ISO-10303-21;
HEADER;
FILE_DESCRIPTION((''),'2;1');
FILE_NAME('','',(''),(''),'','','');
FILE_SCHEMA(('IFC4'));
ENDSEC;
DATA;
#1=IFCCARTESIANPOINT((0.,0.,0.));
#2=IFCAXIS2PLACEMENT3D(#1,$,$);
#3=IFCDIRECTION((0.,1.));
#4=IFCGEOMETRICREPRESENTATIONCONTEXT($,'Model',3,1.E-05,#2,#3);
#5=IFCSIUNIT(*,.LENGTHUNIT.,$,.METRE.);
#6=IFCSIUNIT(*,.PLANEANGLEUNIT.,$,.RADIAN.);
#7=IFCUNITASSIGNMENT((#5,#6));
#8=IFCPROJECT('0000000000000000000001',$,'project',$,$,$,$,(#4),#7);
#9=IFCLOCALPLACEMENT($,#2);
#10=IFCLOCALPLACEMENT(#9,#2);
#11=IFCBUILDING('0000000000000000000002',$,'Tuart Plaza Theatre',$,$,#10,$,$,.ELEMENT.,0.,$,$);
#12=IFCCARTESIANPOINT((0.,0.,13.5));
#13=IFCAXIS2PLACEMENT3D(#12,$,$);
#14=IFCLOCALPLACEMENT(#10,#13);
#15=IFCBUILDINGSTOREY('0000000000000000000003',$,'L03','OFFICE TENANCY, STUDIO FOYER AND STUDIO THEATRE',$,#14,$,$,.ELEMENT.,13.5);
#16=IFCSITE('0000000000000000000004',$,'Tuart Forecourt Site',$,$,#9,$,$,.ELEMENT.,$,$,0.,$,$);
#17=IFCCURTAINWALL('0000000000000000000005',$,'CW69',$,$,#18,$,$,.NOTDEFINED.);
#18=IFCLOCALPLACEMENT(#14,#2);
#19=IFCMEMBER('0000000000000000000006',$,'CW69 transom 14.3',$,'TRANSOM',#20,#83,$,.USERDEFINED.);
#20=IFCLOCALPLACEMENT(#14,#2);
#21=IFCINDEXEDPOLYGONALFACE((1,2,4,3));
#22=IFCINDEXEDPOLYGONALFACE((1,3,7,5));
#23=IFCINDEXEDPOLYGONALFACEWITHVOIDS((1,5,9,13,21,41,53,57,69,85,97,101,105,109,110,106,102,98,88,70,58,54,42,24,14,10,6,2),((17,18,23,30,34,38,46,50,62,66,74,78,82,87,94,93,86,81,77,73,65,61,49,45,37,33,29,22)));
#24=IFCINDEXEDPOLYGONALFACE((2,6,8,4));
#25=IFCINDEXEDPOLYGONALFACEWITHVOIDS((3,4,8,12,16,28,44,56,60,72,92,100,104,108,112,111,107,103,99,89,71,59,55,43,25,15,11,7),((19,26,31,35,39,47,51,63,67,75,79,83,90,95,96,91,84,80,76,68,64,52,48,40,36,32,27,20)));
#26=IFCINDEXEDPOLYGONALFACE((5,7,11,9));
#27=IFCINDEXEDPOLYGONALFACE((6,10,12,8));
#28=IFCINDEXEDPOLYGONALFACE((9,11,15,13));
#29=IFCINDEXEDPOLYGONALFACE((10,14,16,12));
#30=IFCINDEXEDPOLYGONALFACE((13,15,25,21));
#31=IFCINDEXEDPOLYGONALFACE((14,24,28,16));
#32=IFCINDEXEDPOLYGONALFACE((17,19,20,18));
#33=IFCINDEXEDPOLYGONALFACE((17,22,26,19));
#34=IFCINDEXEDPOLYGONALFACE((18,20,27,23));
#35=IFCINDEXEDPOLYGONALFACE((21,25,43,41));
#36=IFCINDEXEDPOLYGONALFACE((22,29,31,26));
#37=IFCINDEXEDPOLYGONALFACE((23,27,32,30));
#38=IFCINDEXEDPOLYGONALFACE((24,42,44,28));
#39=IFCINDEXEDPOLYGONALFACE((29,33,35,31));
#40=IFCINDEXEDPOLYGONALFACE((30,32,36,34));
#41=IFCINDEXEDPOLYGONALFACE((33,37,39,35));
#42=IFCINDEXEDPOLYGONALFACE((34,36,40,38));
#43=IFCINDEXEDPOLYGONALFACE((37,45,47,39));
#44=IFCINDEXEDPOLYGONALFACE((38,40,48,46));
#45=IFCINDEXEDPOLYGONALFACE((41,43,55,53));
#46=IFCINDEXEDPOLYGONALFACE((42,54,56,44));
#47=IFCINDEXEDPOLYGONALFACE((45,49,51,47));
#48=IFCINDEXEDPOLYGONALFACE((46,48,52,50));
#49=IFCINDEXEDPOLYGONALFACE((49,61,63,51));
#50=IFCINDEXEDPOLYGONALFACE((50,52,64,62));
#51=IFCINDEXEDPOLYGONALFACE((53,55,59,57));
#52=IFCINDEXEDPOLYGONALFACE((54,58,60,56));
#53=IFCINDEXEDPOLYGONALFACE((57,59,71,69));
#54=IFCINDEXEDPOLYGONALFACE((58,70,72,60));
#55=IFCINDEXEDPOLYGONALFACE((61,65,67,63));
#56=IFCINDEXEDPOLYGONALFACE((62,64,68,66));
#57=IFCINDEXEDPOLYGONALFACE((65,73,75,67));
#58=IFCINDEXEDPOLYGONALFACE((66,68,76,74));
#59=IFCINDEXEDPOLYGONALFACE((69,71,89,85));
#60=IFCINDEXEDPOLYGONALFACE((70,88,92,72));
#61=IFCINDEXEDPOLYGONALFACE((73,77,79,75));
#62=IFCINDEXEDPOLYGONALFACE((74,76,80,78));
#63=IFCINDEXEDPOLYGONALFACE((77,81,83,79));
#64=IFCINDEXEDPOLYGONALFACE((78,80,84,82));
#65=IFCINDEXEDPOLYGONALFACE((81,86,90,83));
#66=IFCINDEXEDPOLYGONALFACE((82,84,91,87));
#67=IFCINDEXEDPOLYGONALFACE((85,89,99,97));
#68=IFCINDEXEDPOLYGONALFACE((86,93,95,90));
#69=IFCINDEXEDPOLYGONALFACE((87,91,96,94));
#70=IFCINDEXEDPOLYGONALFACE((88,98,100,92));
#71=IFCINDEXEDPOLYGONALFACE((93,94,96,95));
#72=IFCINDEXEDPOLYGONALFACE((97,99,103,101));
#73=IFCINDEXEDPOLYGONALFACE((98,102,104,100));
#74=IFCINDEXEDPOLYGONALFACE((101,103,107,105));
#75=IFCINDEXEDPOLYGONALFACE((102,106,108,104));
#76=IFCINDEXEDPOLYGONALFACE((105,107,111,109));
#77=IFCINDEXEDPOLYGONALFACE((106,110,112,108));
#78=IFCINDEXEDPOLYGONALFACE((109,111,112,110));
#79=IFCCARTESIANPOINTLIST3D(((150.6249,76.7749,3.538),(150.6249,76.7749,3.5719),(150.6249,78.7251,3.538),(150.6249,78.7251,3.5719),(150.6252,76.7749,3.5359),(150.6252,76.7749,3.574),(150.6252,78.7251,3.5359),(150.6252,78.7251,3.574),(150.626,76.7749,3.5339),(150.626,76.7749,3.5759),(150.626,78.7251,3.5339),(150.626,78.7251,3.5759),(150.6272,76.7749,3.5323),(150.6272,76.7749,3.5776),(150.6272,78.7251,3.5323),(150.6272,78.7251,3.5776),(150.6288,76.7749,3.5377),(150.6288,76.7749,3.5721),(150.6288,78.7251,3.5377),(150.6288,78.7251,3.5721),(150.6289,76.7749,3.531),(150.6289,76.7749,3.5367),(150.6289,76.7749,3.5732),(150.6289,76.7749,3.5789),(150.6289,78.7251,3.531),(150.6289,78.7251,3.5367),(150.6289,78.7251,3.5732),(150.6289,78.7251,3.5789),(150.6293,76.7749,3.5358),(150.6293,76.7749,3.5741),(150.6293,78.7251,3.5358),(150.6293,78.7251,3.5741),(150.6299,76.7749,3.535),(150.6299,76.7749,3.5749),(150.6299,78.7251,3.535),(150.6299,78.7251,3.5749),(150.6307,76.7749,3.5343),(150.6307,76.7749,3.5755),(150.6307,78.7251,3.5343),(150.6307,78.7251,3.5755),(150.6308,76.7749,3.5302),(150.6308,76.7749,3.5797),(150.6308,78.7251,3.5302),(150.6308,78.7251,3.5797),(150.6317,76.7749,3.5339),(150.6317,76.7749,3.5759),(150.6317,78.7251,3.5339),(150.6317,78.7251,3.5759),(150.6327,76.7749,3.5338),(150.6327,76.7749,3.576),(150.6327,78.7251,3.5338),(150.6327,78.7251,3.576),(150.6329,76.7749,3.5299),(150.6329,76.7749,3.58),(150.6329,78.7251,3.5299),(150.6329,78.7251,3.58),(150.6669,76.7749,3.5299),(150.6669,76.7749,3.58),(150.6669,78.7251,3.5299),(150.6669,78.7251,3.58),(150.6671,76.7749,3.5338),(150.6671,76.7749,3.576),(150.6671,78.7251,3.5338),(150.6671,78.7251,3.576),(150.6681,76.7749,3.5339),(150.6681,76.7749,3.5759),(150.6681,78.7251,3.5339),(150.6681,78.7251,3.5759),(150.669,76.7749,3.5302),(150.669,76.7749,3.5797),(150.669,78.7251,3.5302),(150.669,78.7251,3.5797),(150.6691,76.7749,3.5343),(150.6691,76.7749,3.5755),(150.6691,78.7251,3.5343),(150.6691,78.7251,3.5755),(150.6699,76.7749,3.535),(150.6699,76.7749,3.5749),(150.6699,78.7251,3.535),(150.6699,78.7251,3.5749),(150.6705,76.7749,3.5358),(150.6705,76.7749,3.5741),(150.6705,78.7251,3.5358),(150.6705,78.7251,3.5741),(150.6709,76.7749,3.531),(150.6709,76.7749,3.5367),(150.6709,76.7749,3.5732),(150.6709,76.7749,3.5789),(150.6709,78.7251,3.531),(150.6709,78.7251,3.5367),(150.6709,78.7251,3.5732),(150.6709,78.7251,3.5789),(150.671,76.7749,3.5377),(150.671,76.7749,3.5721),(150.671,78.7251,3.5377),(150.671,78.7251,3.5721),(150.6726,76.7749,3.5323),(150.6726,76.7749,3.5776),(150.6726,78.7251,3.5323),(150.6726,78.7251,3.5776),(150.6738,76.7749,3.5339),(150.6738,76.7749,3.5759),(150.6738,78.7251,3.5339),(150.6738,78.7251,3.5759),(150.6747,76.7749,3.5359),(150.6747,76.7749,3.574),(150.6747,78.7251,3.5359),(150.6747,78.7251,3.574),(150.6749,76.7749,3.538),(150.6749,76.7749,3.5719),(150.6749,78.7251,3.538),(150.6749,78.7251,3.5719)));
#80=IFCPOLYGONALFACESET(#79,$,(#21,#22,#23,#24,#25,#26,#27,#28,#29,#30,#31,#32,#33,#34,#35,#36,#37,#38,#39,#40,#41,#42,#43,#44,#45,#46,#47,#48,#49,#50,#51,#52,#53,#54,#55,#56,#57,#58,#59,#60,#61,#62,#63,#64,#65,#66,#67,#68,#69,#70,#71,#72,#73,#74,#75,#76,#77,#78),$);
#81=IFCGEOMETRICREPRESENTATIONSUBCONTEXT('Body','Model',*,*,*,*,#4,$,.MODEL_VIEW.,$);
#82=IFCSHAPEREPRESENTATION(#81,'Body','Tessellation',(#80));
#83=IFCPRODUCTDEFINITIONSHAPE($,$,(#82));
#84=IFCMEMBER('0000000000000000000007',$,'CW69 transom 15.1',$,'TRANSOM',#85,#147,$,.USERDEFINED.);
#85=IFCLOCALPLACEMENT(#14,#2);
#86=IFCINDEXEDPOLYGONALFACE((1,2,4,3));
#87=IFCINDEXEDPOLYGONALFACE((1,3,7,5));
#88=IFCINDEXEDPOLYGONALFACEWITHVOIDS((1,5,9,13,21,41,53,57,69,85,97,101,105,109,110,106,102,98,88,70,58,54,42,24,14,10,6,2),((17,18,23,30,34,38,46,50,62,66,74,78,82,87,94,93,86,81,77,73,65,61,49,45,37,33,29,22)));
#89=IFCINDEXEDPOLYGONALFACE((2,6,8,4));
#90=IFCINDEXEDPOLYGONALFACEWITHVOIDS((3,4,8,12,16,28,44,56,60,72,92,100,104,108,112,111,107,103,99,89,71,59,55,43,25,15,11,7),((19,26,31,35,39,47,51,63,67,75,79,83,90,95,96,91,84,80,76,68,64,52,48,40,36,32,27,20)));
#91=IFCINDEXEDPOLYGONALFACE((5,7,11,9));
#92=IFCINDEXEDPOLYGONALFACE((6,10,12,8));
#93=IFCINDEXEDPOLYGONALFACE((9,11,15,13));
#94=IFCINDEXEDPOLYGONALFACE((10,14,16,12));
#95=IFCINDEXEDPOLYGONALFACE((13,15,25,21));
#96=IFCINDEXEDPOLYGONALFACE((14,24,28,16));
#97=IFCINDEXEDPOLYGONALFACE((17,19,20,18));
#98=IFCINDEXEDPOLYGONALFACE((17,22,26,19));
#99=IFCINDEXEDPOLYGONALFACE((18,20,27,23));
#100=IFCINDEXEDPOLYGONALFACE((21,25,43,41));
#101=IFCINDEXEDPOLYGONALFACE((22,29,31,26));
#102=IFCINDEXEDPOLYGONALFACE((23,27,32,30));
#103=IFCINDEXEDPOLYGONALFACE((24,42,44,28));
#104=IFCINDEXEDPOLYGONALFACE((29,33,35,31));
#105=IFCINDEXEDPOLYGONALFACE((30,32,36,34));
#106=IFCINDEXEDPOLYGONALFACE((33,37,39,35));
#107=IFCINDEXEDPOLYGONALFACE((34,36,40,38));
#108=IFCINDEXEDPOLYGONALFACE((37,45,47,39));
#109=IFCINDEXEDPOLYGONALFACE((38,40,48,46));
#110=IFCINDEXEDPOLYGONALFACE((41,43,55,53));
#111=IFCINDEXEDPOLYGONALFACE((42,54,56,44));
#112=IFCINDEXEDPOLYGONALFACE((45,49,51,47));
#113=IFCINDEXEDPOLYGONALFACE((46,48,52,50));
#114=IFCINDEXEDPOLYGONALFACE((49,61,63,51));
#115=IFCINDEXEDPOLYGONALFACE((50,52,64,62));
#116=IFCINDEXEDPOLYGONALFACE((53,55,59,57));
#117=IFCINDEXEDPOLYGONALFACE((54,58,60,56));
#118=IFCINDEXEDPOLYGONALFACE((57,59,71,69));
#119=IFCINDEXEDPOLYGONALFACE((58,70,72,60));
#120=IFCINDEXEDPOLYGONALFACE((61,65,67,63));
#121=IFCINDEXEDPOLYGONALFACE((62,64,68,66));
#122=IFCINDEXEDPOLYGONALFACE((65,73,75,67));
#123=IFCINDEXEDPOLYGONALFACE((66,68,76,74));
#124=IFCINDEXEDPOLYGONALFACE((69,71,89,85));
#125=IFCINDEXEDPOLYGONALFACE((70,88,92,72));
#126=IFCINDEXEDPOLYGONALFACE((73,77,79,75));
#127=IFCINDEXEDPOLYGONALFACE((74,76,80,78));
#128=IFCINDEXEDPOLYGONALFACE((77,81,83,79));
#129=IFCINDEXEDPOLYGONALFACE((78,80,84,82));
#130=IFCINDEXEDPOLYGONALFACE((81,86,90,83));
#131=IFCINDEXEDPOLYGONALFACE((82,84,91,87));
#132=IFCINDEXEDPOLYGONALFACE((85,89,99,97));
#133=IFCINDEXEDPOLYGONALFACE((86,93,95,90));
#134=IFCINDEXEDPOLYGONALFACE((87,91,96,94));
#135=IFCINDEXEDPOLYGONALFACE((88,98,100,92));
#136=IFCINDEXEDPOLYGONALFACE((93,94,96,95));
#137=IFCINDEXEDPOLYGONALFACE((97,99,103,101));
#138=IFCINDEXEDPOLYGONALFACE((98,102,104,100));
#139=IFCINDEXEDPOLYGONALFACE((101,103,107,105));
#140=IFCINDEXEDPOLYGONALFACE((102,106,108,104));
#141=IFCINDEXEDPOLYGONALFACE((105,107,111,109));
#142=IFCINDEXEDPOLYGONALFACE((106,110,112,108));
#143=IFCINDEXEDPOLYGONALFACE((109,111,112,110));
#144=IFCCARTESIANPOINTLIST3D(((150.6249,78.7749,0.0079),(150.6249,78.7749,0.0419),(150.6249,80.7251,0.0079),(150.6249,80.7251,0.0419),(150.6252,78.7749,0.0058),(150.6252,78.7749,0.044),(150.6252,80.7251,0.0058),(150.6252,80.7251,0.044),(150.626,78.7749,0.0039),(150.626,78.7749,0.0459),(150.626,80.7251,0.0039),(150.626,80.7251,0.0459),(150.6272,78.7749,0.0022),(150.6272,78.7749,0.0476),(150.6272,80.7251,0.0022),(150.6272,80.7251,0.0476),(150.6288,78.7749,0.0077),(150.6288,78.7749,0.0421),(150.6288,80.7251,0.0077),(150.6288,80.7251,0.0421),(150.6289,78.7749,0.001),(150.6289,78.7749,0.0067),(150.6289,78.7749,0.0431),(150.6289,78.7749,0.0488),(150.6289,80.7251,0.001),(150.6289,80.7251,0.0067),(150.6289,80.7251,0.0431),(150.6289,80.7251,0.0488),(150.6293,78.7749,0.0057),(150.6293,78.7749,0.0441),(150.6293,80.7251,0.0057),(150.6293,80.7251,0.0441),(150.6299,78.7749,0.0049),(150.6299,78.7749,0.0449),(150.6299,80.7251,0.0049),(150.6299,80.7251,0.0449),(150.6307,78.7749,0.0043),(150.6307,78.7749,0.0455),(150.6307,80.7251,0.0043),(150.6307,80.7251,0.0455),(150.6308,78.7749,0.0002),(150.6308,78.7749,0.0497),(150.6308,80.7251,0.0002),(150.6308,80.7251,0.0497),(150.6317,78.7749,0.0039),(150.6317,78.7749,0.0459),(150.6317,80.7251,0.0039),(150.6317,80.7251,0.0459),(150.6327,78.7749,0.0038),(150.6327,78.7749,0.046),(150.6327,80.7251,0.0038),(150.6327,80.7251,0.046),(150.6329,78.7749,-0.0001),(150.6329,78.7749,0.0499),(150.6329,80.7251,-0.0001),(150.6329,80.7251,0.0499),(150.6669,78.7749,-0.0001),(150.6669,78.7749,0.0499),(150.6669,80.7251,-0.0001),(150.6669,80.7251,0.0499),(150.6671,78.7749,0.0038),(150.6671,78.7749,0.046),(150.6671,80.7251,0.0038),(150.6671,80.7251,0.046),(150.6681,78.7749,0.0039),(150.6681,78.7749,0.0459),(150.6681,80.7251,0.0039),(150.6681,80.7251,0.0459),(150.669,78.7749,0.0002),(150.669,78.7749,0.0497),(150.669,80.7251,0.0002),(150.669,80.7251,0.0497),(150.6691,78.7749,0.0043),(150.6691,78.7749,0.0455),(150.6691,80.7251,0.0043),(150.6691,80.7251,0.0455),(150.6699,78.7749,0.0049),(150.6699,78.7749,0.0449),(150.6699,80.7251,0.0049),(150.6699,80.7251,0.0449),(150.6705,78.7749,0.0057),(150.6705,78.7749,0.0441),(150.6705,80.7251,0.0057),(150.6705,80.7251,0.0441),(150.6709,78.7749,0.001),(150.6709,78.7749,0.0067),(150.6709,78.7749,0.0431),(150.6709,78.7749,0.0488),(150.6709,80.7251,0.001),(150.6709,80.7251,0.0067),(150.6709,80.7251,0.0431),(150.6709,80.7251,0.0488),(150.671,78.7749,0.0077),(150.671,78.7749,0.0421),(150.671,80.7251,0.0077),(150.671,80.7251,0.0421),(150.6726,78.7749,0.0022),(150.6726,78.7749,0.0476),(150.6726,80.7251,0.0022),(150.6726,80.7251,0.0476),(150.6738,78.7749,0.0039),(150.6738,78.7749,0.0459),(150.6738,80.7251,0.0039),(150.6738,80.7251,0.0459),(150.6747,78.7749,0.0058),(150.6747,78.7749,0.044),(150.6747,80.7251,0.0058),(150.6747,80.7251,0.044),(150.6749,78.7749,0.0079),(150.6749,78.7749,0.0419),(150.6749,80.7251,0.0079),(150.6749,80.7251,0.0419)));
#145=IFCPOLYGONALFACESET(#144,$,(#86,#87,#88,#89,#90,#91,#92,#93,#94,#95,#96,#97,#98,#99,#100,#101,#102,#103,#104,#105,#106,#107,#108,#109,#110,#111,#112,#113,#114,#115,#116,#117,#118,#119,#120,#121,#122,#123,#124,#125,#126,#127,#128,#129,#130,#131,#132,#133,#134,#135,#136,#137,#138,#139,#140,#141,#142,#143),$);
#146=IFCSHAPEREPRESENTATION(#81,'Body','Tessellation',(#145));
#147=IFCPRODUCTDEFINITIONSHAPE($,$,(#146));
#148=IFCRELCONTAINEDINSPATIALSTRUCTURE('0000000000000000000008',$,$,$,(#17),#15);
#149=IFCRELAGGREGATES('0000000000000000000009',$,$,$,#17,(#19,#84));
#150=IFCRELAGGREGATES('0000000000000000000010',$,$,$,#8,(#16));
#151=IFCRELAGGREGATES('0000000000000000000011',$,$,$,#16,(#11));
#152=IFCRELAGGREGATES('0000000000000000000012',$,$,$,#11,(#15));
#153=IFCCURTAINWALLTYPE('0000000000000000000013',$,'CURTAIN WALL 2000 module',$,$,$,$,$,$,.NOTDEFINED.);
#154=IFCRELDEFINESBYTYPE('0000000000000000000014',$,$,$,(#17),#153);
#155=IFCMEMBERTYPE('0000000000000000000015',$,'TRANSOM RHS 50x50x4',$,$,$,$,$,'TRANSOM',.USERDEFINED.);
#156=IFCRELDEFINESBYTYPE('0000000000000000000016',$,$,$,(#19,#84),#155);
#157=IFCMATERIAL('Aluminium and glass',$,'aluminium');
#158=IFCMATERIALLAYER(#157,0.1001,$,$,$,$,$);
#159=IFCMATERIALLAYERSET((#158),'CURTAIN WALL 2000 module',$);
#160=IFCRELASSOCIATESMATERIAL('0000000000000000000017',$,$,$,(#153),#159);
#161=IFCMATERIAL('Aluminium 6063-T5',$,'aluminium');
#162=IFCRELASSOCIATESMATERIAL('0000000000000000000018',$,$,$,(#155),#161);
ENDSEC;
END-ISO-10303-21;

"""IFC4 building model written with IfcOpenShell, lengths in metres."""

from ifc_helpers import new_model, si_unit, direction, frame, origin, origin_2d, place, context, subcontext, project, spatial, hollow_rectangle, extrude, material, layer, layer_set, material_profile, profile_set, type_object, element, aggregate, save


model = new_model("IFC4")

# Units and contexts
model_context = context("Model", 3, precision=1e-05, world=origin(), true_north=direction((0.0, 1.0)))
body_context = subcontext(model_context, "Body", "Model", "MODEL_VIEW")
ifc_project = project(units=[si_unit("LENGTHUNIT", "METRE"), si_unit("PLANEANGLEUNIT", "RADIAN")], contexts=[model_context])

# Site, building, storey
site_placement = place(None, origin())
site = spatial("IfcSite", under=ifc_project, at=site_placement, Name="Tuart Forecourt Site", CompositionType="ELEMENT", RefElevation=0.0)
building_placement = place(site_placement, origin())
building = spatial("IfcBuilding", under=site, at=building_placement, Name="Tuart Plaza Theatre", CompositionType="ELEMENT", ElevationOfRefHeight=0.0)
storey_placement = place(building_placement, frame((0.0, 0.0, 13.5)))
storey = spatial("IfcBuildingStorey", under=building, at=storey_placement, Name="L03", Description="OFFICE TENANCY, STUDIO FOYER AND STUDIO THEATRE", CompositionType="ELEMENT", Elevation=13.5)

# Curtain wall, members
ifc_material_1 = material(Name="Aluminium and glass", Category="aluminium")
ifc_layer_1 = layer(ifc_material_1, 0.1001)
ifc_layer_set_1 = layer_set([ifc_layer_1], Name="CURTAIN WALL 2000 module")
curtain_wall_type = type_object("IfcCurtainWallType", Name="CURTAIN WALL 2000 module", PredefinedType="NOTDEFINED", material=ifc_layer_set_1)
curtain_wall_placement = place(storey_placement, origin())
curtain_wall = element("IfcCurtainWall", 1, at=curtain_wall_placement, inside=storey, type_object=curtain_wall_type, Name="CW69", PredefinedType="NOTDEFINED")
ifc_material_2 = material(Name="Aluminium 6063-T5", Category="aluminium")
ifc_material_profile_1 = material_profile(ifc_material_2, hollow_rectangle(XDim=0.05, YDim=0.05, WallThickness=0.0039, InnerFilletRadius=0.0039, OuterFilletRadius=0.0081, at=origin_2d()), Name="RHS 50x50x4")
ifc_profile_set_1 = profile_set([ifc_material_profile_1], Name="Aluminium 6063-T5")
member_type_1 = type_object("IfcMemberType", Name="TRANSOM RHS 50x50x4", ElementType="TRANSOM", PredefinedType="USERDEFINED", material=ifc_profile_set_1)
member_1_placement = place(storey_placement, frame((150.6499, 76.7749, 3.5549), z_axis=(0.0, 1.0, 0.0), x_axis=(-1.0, 0.0, 0.0)))
member_1 = element("IfcMember", 2, at=member_1_placement, type_object=member_type_1, Name="CW69 transom 14.3", ObjectType="TRANSOM", PredefinedType="USERDEFINED", context=body_context, shape_type="SweptSolid", body=[
    extrude(hollow_rectangle(XDim=0.05, YDim=0.05, WallThickness=0.0039, InnerFilletRadius=0.0039, OuterFilletRadius=0.0081, at=origin_2d()), origin(), (0.0, 0.0, 1.0), 1.9502),
])
member_2_placement = place(storey_placement, frame((150.6499, 78.7749, 0.0249), z_axis=(0.0, 1.0, 0.0), x_axis=(-1.0, 0.0, 0.0)))
member_2 = element("IfcMember", 3, at=member_2_placement, type_object=member_type_1, Name="CW69 transom 15.1", ObjectType="TRANSOM", PredefinedType="USERDEFINED", context=body_context, shape_type="SweptSolid", body=[
    extrude(hollow_rectangle(XDim=0.05, YDim=0.05, WallThickness=0.0039, InnerFilletRadius=0.0039, OuterFilletRadius=0.0081, at=origin_2d()), origin(), (0.0, 0.0, 1.0), 1.9502),
])
aggregate(curtain_wall, [member_1, member_2])

save(model, "model.ifc")
